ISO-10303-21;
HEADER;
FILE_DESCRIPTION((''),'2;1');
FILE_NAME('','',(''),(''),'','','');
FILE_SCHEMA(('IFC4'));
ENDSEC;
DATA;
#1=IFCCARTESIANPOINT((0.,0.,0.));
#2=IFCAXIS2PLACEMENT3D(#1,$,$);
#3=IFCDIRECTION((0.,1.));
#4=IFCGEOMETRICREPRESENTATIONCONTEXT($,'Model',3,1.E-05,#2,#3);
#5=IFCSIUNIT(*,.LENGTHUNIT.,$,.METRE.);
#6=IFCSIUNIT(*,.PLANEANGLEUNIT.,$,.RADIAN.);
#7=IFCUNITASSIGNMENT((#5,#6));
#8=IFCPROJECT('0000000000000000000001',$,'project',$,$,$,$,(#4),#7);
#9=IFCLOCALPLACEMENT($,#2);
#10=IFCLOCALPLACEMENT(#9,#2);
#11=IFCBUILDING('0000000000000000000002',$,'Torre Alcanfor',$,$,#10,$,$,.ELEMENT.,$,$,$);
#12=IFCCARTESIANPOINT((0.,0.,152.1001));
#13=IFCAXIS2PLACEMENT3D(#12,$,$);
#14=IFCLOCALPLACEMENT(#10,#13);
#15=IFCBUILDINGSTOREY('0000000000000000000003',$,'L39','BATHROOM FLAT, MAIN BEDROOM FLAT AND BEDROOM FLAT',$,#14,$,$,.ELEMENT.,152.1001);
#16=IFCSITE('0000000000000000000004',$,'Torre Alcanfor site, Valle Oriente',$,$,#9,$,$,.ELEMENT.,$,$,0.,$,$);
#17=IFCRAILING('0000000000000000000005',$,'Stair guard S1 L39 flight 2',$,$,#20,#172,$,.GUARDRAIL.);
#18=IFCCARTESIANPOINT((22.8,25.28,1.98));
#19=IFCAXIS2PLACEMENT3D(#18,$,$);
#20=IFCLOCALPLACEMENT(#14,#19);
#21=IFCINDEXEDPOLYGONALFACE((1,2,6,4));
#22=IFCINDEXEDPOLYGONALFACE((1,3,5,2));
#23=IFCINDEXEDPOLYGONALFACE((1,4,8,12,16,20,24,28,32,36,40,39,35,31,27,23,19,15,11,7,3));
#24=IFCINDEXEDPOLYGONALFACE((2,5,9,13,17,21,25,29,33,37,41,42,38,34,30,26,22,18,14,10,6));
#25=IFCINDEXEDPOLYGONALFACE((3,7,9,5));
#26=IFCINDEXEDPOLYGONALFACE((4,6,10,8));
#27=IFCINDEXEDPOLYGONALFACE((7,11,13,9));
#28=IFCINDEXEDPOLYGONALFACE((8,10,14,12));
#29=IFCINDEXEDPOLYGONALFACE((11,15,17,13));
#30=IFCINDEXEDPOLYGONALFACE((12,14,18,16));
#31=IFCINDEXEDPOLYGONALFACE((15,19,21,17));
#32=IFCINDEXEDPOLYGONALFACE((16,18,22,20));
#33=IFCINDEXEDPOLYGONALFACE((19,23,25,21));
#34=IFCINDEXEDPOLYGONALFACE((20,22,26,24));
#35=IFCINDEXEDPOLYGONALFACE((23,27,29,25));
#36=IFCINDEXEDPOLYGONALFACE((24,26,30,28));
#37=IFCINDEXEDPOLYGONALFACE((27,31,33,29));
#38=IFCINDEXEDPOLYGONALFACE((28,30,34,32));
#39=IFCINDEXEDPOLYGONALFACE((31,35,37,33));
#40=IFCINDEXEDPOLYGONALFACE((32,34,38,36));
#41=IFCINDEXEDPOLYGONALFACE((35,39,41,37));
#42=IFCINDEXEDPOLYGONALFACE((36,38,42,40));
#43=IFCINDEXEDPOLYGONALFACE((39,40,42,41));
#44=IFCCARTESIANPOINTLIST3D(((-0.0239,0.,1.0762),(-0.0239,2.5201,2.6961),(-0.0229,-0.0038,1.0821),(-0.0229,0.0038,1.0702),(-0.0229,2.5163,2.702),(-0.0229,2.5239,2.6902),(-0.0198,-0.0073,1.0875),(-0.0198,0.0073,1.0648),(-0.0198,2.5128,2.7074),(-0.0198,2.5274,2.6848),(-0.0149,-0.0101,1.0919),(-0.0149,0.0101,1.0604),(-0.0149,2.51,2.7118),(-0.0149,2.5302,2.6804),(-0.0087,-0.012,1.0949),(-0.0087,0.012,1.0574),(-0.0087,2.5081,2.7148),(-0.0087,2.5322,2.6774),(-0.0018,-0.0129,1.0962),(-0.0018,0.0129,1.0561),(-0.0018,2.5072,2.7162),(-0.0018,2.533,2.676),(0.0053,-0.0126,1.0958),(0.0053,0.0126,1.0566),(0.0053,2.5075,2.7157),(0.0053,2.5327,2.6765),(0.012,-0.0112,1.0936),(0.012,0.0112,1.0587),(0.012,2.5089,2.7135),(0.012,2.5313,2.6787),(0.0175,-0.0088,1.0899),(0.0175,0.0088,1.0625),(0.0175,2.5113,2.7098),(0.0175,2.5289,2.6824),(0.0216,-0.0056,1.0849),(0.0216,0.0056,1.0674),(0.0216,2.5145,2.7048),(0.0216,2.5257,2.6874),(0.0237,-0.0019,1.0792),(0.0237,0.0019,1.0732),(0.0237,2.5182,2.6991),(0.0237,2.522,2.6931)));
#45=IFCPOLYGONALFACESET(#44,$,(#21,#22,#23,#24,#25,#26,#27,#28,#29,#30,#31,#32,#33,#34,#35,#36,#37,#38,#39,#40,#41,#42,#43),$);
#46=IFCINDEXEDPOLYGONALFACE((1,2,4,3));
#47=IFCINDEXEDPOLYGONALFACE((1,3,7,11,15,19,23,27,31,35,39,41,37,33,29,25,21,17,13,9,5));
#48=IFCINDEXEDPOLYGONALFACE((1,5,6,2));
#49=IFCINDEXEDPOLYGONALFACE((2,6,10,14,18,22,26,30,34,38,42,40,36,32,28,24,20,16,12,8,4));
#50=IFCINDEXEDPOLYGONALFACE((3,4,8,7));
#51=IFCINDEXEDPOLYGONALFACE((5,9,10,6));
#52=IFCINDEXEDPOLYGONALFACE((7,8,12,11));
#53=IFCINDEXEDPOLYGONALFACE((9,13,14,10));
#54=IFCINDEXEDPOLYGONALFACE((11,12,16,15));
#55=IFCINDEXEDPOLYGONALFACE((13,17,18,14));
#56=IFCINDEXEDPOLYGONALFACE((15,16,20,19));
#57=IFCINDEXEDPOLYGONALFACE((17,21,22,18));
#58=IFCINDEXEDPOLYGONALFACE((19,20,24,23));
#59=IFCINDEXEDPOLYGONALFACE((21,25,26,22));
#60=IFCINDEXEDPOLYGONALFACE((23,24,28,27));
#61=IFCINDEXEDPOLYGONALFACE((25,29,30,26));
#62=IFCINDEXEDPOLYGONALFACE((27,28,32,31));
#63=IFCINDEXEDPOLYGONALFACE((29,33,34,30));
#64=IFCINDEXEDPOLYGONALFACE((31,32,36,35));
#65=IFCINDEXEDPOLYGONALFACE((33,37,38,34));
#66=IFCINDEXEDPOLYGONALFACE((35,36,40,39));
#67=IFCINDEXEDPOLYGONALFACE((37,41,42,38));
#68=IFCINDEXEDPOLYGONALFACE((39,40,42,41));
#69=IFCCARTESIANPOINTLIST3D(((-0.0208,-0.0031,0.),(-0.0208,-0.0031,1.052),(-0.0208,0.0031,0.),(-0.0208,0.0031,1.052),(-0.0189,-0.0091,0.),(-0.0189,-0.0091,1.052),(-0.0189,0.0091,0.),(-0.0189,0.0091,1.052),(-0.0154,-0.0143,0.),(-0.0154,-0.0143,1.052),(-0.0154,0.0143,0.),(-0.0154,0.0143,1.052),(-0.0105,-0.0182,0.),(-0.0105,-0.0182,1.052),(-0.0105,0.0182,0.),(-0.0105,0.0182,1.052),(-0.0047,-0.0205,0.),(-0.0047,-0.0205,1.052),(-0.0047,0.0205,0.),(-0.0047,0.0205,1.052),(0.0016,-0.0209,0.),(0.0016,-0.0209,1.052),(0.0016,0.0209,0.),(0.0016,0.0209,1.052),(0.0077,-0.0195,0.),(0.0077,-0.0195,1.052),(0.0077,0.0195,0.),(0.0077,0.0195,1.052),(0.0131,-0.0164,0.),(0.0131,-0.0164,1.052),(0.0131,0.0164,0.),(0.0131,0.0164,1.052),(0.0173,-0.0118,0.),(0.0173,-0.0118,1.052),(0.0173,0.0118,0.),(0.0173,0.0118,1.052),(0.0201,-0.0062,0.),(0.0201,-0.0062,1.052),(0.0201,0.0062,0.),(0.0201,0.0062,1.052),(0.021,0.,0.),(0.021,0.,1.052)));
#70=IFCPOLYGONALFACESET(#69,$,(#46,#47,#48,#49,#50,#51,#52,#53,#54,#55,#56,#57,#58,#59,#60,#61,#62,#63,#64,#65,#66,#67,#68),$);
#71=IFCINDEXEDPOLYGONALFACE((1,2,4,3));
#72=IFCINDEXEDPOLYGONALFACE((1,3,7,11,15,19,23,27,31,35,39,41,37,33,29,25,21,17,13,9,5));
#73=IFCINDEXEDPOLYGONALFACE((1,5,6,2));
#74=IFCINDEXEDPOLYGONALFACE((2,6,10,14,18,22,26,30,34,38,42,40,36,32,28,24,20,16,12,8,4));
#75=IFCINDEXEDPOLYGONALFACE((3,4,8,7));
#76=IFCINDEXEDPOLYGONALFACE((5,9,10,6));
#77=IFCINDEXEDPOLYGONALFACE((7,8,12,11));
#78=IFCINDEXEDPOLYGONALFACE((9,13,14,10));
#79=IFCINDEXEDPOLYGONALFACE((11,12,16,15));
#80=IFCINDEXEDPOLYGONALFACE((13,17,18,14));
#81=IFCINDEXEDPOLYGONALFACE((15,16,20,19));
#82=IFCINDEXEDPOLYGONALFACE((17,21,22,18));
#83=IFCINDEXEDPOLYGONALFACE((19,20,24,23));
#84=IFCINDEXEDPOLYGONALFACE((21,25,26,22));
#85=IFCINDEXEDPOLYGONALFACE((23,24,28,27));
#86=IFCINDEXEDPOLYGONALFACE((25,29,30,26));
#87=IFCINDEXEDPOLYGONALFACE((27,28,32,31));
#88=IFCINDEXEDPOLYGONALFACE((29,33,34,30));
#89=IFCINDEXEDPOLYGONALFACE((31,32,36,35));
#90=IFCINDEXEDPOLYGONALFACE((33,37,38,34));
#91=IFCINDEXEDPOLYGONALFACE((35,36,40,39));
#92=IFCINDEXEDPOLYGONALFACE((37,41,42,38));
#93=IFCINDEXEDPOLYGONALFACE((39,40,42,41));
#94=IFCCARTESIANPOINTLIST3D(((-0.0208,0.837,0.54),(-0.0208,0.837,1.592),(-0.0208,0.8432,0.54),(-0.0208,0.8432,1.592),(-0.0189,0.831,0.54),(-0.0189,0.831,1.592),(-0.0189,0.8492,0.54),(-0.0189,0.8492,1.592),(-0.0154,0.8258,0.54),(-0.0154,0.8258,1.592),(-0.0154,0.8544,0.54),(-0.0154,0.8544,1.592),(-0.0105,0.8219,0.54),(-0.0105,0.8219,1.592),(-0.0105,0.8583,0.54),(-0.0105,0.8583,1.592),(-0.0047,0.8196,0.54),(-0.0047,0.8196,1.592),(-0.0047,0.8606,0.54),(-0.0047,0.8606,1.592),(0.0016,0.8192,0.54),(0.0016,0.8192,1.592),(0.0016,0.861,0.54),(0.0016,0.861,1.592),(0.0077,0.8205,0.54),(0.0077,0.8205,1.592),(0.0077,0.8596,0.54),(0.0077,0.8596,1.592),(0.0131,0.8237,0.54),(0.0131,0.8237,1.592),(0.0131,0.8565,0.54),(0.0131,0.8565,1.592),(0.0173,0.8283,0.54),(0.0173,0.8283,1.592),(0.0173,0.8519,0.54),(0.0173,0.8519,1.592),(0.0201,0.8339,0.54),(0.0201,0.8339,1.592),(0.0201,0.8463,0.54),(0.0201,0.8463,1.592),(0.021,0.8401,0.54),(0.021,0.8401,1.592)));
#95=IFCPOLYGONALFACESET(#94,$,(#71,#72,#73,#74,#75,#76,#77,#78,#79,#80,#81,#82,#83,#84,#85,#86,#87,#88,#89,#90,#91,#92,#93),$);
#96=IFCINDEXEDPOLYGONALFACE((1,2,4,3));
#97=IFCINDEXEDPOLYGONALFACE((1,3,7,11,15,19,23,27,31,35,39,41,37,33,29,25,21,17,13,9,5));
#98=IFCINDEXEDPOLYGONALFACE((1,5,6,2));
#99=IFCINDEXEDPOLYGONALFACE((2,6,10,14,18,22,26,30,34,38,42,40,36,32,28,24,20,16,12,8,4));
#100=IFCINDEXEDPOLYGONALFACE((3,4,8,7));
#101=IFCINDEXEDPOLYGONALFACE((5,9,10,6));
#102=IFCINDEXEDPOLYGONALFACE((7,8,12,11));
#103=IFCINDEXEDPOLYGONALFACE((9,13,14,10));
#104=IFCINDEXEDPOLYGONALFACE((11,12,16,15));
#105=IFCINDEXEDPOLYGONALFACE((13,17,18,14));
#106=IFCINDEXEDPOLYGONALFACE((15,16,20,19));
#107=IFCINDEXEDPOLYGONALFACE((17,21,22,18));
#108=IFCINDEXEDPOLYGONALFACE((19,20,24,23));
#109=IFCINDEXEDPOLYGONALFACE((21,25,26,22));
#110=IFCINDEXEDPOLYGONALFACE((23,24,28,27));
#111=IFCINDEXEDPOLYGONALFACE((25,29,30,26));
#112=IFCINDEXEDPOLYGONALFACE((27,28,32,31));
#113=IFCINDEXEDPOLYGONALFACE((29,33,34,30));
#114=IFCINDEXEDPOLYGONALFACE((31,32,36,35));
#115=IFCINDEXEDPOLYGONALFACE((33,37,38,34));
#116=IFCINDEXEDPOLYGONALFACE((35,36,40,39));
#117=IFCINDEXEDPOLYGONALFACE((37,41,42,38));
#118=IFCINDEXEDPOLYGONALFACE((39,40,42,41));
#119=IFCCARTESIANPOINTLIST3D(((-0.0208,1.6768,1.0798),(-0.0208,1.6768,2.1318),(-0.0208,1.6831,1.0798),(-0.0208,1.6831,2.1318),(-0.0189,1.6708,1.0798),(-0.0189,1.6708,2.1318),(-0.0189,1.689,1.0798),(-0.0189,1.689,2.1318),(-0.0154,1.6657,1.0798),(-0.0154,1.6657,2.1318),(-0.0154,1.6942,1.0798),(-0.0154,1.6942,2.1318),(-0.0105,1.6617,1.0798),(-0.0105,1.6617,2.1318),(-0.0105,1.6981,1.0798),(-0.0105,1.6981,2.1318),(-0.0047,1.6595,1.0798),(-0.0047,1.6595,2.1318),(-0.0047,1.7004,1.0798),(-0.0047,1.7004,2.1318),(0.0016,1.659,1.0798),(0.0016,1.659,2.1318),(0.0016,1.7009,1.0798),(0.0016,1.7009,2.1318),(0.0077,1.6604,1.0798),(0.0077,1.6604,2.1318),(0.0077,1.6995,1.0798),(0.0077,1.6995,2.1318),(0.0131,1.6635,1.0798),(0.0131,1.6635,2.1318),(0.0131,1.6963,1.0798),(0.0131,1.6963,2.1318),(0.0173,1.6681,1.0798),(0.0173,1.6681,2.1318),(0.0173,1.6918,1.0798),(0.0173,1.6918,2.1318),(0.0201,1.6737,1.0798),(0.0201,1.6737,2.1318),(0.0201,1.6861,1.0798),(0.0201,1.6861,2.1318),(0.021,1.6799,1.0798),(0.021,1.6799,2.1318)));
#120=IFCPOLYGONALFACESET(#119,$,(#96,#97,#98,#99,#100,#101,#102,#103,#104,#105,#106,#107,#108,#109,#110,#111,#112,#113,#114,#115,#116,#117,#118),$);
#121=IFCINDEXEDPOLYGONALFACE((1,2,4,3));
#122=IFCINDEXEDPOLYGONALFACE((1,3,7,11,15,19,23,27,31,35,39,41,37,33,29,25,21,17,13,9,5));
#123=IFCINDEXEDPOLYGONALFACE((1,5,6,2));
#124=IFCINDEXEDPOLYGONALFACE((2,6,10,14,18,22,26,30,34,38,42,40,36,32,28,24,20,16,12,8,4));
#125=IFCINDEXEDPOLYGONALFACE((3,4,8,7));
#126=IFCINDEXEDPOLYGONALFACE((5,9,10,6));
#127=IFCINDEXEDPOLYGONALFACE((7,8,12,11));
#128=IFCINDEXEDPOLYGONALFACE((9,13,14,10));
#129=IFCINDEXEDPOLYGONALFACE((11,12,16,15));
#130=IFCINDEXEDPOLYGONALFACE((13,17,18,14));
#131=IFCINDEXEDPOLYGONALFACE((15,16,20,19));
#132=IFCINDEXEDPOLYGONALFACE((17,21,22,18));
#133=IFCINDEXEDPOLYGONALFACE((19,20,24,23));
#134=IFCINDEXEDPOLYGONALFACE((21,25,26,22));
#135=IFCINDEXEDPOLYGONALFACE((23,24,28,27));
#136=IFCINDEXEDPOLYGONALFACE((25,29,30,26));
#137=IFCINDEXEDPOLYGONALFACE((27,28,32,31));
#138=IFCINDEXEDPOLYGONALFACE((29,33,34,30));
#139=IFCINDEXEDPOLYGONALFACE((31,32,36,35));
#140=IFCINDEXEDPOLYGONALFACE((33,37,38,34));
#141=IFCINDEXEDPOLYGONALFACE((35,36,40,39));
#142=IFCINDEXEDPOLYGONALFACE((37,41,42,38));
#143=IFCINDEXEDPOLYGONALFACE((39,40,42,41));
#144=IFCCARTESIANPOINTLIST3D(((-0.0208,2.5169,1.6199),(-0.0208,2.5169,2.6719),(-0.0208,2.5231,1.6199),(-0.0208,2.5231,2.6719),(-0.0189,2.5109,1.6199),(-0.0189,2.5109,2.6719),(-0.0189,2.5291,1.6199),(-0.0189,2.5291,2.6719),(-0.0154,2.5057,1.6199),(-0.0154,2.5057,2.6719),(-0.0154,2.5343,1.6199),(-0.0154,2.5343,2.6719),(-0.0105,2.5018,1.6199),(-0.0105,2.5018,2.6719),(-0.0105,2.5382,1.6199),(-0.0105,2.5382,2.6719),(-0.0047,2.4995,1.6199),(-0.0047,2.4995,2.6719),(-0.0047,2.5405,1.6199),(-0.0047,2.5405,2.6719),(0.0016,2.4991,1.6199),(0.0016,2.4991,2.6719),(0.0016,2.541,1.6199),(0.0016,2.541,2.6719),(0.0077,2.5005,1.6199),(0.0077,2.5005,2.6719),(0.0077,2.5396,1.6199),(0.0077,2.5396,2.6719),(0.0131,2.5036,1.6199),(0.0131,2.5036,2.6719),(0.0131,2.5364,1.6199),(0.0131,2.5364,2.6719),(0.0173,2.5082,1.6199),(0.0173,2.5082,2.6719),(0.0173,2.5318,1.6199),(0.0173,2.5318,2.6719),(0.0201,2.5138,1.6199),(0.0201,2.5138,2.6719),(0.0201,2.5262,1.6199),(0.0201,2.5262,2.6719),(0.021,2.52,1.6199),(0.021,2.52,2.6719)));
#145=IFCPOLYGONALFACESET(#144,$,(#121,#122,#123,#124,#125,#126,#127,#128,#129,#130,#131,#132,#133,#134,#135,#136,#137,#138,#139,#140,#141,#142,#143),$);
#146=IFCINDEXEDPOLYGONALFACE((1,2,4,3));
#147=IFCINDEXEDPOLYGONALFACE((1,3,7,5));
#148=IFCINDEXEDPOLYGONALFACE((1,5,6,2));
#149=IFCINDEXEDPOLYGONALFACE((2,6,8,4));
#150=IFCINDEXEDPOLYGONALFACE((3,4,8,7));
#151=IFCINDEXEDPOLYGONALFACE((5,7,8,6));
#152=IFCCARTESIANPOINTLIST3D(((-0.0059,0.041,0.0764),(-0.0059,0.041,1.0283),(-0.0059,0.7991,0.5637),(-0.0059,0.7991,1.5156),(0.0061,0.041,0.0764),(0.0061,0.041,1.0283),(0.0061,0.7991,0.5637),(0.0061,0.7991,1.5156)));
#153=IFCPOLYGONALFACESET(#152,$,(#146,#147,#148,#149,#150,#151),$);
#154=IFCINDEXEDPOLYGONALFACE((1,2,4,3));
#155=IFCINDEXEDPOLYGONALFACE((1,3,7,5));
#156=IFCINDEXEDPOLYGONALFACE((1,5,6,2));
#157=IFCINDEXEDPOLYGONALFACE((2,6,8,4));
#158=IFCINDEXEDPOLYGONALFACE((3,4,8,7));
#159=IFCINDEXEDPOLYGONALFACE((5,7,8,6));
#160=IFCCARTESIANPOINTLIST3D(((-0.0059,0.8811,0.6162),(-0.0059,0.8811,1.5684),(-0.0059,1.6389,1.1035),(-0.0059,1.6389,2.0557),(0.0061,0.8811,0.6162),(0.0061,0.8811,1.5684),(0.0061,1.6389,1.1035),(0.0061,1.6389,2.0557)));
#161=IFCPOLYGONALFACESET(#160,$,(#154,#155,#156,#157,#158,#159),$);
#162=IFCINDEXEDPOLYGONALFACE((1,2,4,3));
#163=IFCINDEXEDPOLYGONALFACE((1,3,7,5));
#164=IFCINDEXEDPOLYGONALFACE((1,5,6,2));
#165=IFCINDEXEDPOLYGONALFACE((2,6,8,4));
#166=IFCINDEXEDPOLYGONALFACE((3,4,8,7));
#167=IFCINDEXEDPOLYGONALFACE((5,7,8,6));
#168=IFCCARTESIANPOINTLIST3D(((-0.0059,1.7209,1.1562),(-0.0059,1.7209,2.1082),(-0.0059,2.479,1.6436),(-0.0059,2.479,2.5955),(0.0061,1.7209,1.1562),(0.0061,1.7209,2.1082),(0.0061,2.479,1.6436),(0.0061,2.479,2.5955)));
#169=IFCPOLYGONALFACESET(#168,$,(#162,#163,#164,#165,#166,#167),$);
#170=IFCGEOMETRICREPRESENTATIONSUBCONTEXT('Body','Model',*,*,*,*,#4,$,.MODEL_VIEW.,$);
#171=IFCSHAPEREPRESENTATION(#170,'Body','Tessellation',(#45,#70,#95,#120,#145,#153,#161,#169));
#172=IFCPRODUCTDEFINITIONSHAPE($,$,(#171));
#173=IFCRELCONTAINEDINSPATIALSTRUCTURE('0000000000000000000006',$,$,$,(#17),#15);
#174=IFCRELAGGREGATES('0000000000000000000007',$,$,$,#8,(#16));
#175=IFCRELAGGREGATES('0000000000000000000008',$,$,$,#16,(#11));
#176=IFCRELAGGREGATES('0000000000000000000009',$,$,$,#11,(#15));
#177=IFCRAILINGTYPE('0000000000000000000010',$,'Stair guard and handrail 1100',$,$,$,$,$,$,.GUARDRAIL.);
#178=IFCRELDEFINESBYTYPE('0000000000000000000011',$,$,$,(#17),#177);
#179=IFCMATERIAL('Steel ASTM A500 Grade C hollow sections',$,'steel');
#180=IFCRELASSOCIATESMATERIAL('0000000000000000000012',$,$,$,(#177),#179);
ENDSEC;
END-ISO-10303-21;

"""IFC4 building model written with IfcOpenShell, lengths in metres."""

from ifc_helpers import new_model, si_unit, direction, frame, origin, origin_2d, place, context, subcontext, project, spatial, polyline, circle, outline, extrude, material, type_object, element, save


model = new_model("IFC4")

# Units and contexts
model_context = context("Model", 3, precision=1e-05, world=origin(), true_north=direction((0.0, 1.0)))
body_context = subcontext(model_context, "Body", "Model", "MODEL_VIEW")
ifc_project = project(units=[si_unit("LENGTHUNIT", "METRE"), si_unit("PLANEANGLEUNIT", "RADIAN")], contexts=[model_context])

# Site, building, storey
site_placement = place(None, origin())
site = spatial("IfcSite", under=ifc_project, at=site_placement, Name="Torre Alcanfor site, Valle Oriente", CompositionType="ELEMENT", RefElevation=0.0)
building_placement = place(site_placement, origin())
building = spatial("IfcBuilding", under=site, at=building_placement, Name="Torre Alcanfor", CompositionType="ELEMENT")
storey_placement = place(building_placement, frame((0.0, 0.0, 152.1001)))
storey = spatial("IfcBuildingStorey", under=building, at=storey_placement, Name="L39", Description="BATHROOM FLAT, MAIN BEDROOM FLAT AND BEDROOM FLAT", CompositionType="ELEMENT", Elevation=152.1001)

# Railing
ifc_material_1 = material(Name="Steel ASTM A500 Grade C hollow sections", Category="steel")
railing_type = type_object("IfcRailingType", Name="Stair guard and handrail 1100", PredefinedType="GUARDRAIL", material=ifc_material_1)
railing_1_placement = place(storey_placement, frame((22.8, 25.28, 1.98)))
element("IfcRailing", 1, at=railing_1_placement, inside=storey, type_object=railing_type, Name="Stair guard S1 L39 flight 2", PredefinedType="GUARDRAIL", context=body_context, shape_type="SweptSolid", body=[
    extrude(circle(Radius=0.0239, at=origin_2d()), frame((0.0, 0.0, 1.0762), z_axis=(0.0, 0.8412, 0.540725), x_axis=(-1.0, 0.0, 0.0)), (0.0, 0.0, 1.0), 2.9958),
    extrude(circle(Radius=0.021, at=origin_2d()), origin(), (0.0, 0.0, 1.0), 1.052),
    extrude(circle(Radius=0.021, at=origin_2d()), frame((0.0, 0.8401, 0.54)), (0.0, 0.0, 1.0), 1.052),
    extrude(circle(Radius=0.021, at=origin_2d()), frame((0.0, 1.6799, 1.0798)), (0.0, 0.0, 1.0), 1.052),
    extrude(circle(Radius=0.021, at=origin_2d()), frame((0.0, 2.52, 1.6199)), (0.0, 0.0, 1.0), 1.052),
    extrude(outline(polyline([(0.041, 0.0764), (0.7991, 0.5637), (0.7991, 1.5156), (0.041, 1.0283), (0.041, 0.0764)])), frame((-0.0059, 0.0, 0.0), z_axis=(1.0, 0.0, 0.0), x_axis=(0.0, 1.0, 0.0)), (0.0, 0.0, 1.0), 0.012),
    extrude(outline(polyline([(0.8811, 0.6162), (1.6389, 1.1035), (1.6389, 2.0557), (0.8811, 1.5684), (0.8811, 0.6162)])), frame((-0.0059, 0.0, 0.0), z_axis=(1.0, 0.0, 0.0), x_axis=(0.0, 1.0, 0.0)), (0.0, 0.0, 1.0), 0.012),
    extrude(outline(polyline([(1.7209, 1.1562), (2.479, 1.6436), (2.479, 2.5955), (1.7209, 2.1082), (1.7209, 1.1562)])), frame((-0.0059, 0.0, 0.0), z_axis=(1.0, 0.0, 0.0), x_axis=(0.0, 1.0, 0.0)), (0.0, 0.0, 1.0), 0.012),
])

save(model, "model.ifc")
